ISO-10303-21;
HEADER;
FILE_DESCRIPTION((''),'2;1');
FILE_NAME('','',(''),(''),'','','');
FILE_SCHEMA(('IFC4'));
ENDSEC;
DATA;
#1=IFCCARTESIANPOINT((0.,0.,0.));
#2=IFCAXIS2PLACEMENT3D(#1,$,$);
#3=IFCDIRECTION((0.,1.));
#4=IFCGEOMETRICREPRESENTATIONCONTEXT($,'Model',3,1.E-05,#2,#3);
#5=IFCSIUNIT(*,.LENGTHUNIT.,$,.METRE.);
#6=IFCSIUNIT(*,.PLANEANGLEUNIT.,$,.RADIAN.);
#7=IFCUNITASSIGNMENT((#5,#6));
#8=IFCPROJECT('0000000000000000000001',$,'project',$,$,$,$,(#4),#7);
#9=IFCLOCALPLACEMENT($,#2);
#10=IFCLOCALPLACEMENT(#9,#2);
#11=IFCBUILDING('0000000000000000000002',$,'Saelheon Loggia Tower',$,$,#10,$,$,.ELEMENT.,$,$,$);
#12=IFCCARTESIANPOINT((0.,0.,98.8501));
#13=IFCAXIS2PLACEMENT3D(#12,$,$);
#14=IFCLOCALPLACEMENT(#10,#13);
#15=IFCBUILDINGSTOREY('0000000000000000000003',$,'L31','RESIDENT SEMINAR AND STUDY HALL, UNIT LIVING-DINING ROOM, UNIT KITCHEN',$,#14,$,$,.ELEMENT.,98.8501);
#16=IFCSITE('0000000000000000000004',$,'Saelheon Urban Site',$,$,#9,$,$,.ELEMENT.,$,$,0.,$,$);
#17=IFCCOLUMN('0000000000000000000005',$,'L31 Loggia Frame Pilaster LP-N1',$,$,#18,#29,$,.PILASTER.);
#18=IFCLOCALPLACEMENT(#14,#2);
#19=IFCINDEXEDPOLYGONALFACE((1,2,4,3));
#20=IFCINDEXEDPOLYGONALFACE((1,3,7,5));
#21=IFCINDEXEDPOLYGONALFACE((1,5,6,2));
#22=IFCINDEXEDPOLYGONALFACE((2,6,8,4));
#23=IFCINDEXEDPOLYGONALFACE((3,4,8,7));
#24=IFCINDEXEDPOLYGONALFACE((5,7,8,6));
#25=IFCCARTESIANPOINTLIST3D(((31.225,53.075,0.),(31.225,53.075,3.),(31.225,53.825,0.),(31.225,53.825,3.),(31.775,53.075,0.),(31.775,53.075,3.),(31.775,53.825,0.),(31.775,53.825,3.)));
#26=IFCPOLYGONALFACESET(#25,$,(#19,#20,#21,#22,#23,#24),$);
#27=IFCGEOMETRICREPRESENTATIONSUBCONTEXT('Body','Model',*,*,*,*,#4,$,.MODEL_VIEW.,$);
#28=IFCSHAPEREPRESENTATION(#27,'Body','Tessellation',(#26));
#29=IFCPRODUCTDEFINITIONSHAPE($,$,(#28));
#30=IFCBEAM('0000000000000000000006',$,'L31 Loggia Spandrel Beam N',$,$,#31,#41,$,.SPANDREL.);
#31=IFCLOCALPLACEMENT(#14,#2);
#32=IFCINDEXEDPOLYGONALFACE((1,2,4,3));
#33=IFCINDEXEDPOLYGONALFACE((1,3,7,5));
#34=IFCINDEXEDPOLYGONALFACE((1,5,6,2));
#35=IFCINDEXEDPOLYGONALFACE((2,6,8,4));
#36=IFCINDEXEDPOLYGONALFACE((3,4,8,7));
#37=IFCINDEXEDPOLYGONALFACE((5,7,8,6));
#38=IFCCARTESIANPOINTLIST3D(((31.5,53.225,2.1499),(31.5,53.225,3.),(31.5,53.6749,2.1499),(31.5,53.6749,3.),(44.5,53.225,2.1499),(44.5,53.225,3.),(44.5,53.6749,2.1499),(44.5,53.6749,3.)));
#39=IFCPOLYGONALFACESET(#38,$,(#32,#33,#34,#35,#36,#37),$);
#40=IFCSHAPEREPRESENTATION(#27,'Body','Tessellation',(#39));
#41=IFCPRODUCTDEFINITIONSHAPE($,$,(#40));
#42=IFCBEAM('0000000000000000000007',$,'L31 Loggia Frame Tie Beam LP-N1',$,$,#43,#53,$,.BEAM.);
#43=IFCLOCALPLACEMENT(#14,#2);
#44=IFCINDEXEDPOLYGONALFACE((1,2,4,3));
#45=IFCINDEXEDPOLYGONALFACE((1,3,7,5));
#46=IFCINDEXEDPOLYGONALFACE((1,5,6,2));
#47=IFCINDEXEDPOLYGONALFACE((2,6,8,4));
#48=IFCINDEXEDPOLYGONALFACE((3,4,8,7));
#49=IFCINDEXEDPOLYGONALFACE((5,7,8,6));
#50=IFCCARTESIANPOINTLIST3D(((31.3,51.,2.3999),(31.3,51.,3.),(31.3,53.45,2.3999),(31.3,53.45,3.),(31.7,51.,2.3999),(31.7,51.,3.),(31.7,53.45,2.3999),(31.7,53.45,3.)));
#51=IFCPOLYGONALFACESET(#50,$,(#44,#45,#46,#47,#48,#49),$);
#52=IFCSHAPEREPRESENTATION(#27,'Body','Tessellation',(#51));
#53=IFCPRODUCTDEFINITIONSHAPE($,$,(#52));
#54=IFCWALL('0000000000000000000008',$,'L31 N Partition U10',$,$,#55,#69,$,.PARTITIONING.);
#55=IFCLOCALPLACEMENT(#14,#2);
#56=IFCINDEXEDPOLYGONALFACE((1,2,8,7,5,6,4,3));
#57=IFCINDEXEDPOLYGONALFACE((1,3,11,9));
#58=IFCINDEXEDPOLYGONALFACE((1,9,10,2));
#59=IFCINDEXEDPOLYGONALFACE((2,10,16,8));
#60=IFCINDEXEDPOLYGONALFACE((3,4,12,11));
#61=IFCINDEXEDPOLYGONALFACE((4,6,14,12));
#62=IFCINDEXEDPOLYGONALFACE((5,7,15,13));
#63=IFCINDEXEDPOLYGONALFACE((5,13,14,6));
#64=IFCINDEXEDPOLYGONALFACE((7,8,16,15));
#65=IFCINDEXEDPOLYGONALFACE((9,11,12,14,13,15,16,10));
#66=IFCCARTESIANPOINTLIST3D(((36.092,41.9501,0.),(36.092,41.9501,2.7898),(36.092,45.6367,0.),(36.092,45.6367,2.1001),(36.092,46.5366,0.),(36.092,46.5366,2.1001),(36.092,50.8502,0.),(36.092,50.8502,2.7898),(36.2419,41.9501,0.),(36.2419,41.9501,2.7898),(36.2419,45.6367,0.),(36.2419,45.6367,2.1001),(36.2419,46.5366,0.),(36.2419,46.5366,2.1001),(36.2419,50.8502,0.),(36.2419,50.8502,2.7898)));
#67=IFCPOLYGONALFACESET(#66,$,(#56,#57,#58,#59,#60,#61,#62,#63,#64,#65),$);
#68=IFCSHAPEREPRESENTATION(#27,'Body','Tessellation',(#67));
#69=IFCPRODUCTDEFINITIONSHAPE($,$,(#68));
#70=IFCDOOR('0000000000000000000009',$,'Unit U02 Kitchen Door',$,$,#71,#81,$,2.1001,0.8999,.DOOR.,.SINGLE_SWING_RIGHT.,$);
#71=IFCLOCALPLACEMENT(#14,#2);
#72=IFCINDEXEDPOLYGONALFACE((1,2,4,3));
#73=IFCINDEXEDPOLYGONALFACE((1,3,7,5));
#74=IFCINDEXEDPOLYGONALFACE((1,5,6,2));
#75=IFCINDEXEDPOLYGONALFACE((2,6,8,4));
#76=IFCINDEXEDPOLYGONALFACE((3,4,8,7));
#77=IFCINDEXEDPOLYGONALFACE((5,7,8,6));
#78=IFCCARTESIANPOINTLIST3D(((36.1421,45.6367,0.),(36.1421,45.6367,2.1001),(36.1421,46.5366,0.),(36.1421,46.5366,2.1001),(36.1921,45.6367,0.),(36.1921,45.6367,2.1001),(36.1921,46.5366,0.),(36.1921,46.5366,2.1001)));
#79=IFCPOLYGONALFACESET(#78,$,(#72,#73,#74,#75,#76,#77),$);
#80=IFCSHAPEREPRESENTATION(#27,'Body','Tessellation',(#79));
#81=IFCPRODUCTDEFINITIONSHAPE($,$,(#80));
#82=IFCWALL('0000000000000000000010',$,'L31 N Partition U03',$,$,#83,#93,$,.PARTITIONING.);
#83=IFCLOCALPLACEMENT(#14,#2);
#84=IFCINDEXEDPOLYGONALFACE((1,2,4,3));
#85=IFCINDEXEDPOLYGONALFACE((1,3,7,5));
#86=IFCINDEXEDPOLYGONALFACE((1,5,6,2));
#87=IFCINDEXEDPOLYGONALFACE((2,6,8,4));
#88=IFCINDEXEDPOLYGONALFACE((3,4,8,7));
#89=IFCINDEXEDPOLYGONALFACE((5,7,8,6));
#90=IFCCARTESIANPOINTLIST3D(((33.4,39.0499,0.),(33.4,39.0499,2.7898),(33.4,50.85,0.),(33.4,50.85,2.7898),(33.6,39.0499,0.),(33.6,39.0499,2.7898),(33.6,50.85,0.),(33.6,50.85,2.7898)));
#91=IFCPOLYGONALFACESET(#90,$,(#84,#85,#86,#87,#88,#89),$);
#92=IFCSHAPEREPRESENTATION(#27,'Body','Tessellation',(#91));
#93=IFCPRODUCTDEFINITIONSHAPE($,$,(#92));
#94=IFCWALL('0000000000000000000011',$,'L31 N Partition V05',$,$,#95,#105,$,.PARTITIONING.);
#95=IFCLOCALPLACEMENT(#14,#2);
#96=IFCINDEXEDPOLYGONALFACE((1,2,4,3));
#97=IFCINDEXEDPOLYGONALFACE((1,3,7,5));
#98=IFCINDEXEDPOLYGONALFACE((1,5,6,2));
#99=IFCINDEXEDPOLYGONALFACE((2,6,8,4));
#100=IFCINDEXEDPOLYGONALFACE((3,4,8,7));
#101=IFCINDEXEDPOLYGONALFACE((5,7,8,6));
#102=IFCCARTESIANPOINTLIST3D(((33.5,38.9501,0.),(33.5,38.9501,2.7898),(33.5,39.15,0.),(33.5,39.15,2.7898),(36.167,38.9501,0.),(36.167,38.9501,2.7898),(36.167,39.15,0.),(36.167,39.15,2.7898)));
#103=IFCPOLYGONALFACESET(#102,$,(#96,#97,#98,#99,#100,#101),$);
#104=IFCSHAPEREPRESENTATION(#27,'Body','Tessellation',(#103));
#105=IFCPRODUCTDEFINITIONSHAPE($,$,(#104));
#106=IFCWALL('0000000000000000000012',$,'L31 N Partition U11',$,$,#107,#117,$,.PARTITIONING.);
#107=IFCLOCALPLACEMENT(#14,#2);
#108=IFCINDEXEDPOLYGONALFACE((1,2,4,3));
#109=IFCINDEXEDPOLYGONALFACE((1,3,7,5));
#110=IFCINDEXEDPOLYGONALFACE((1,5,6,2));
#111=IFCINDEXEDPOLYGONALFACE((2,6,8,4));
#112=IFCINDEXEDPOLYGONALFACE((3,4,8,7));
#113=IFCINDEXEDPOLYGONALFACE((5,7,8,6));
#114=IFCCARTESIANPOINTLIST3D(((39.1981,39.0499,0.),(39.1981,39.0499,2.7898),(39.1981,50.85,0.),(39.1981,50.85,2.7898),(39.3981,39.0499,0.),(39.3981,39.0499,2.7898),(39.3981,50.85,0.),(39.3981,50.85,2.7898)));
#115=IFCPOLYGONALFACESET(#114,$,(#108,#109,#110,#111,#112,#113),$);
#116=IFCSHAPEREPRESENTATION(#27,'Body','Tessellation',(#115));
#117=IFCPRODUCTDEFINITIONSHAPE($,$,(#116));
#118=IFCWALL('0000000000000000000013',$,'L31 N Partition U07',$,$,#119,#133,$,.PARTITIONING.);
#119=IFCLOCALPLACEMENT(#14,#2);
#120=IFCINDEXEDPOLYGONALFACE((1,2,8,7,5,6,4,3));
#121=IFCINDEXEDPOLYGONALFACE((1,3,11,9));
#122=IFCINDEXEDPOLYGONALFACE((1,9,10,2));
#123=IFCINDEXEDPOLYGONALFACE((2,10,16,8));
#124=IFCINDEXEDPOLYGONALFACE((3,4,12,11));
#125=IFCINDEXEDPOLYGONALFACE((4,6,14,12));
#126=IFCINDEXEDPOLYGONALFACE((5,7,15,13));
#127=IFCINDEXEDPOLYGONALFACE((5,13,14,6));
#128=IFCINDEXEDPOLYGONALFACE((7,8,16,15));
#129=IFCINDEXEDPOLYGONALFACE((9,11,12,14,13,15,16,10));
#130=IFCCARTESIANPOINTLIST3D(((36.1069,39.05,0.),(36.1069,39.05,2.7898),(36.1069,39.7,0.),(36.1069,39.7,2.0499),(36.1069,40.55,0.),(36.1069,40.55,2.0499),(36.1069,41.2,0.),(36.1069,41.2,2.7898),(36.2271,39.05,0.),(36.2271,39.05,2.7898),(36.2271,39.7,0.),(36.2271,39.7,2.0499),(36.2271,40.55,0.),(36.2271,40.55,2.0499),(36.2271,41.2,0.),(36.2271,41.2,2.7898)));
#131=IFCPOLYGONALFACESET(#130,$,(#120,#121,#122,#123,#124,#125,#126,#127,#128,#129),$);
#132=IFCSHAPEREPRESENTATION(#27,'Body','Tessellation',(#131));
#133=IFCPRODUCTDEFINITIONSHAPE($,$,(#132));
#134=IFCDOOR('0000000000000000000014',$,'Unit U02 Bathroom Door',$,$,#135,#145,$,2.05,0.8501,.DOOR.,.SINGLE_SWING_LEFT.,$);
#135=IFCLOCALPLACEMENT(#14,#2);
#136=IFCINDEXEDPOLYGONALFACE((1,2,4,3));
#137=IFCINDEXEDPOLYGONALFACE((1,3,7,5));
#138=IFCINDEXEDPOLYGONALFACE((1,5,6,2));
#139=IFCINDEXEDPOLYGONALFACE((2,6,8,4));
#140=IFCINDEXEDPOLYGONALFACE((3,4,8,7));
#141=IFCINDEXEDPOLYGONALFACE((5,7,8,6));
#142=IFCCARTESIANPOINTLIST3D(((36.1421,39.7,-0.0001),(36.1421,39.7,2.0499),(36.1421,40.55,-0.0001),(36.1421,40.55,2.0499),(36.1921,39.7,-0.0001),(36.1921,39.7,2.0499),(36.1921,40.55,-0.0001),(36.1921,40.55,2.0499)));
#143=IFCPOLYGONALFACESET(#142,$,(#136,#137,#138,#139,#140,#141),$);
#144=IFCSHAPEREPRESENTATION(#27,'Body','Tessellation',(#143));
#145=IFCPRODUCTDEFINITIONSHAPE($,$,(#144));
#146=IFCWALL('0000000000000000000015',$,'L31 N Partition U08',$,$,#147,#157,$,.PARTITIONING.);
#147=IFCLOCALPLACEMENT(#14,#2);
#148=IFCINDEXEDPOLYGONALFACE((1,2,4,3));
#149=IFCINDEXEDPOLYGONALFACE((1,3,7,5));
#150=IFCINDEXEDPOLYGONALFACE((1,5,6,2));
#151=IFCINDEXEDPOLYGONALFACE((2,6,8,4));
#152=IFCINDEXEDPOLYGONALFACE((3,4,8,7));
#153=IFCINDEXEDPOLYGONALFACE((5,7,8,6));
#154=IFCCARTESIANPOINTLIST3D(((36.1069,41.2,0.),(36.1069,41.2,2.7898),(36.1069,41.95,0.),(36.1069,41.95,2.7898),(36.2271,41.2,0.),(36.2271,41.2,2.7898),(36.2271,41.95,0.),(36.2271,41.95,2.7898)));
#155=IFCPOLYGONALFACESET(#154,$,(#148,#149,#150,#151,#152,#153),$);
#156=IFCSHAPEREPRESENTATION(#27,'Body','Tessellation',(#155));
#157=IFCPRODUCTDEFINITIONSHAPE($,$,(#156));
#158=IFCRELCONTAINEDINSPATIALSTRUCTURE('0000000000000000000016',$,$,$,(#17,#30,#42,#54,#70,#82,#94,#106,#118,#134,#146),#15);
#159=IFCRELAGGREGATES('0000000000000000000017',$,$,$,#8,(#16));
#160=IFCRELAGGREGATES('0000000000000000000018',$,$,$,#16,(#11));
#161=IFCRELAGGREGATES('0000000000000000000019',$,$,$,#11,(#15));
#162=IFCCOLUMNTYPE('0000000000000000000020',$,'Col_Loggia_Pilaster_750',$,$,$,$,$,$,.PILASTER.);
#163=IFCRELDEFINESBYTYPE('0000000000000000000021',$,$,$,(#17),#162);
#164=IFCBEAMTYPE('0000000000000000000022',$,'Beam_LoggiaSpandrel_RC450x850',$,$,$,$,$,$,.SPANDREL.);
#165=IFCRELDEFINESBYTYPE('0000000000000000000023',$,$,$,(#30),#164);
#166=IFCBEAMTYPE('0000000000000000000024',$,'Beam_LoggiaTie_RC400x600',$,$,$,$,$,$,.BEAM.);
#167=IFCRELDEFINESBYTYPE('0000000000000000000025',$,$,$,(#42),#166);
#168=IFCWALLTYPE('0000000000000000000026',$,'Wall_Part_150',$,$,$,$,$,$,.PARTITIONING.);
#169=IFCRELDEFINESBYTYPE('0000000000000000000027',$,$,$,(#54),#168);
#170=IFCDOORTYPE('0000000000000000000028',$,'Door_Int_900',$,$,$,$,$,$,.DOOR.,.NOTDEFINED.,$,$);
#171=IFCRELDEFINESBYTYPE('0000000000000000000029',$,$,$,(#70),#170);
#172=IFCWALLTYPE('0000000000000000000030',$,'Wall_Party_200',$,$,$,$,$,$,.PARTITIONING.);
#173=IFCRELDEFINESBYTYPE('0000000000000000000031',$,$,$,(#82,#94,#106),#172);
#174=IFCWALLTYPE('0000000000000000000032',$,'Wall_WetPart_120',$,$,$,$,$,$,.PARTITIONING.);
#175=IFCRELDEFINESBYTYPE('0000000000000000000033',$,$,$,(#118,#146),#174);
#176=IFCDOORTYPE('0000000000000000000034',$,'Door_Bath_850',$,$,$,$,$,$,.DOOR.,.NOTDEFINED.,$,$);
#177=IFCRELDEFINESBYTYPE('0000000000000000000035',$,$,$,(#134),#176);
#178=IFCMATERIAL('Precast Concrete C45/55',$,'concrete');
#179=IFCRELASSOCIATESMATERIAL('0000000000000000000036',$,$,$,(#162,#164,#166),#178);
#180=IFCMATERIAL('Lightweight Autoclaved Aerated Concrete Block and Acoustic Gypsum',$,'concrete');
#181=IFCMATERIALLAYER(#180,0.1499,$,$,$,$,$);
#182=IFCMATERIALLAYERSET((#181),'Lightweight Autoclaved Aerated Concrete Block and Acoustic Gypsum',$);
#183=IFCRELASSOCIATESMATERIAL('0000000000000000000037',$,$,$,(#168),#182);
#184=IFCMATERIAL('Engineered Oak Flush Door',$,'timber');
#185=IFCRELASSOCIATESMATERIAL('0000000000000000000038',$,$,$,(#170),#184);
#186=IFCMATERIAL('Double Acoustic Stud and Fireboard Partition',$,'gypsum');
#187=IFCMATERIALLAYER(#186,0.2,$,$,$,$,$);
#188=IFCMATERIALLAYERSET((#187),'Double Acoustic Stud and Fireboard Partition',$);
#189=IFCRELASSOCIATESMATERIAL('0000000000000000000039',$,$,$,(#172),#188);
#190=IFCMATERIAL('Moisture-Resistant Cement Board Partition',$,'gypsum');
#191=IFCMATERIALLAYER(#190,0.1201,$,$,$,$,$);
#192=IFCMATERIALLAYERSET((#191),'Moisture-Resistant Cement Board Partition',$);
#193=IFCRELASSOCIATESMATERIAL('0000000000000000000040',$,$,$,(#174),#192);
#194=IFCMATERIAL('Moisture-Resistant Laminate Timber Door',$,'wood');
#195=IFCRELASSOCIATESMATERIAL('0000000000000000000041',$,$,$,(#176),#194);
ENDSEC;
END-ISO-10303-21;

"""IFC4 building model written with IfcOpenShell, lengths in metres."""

from ifc_helpers import new_model, si_unit, direction, frame, frame_2d, origin, origin_2d, place, context, subcontext, project, spatial, rectangle, extrude, source, transform, mapped, material, layer, layer_set, material_profile, profile_set, type_object, element, fill, save


model = new_model("IFC4")

# Units and contexts
model_context = context("Model", 3, precision=1e-05, world=origin(), true_north=direction((0.0, 1.0)))
body_context = subcontext(model_context, "Body", "Model", "MODEL_VIEW")
ifc_project = project(units=[si_unit("LENGTHUNIT", "METRE"), si_unit("PLANEANGLEUNIT", "RADIAN")], contexts=[model_context])

# Site, building, storey
site_placement = place(None, origin())
site = spatial("IfcSite", under=ifc_project, at=site_placement, Name="Saelheon Urban Site", CompositionType="ELEMENT", RefElevation=0.0)
building_placement = place(site_placement, origin())
building = spatial("IfcBuilding", under=site, at=building_placement, Name="Saelheon Loggia Tower", CompositionType="ELEMENT")
storey_placement = place(building_placement, frame((0.0, 0.0, 98.8501)))
storey = spatial("IfcBuildingStorey", under=building, at=storey_placement, Name="L31", Description="RESIDENT SEMINAR AND STUDY HALL, UNIT LIVING-DINING ROOM, UNIT KITCHEN", CompositionType="ELEMENT", Elevation=98.8501)

# Column
ifc_material_1 = material(Name="Precast Concrete C45/55", Category="concrete")
ifc_material_profile_1 = material_profile(ifc_material_1, rectangle(XDim=0.55, YDim=0.75, at=origin_2d()), Name="RC-550x750")
ifc_profile_set_1 = profile_set([ifc_material_profile_1], Name="Precast Concrete C45/55")
column_type = type_object("IfcColumnType", Name="Col_Loggia_Pilaster_750", PredefinedType="PILASTER", material=ifc_profile_set_1)
shared_shape_1 = source(origin(), body_context, "Body", "SweptSolid", [
    extrude(rectangle(XDim=0.55, YDim=0.75, at=origin_2d()), origin(), (0.0, 0.0, 1.0), 3.0),
])
column_placement = place(storey_placement, frame((31.5, 53.45, 0.0), z_axis=(0.0, 0.0, 1.0), x_axis=(1.0, 0.0, 0.0)))
element("IfcColumn", 1, at=column_placement, inside=storey, type_object=column_type, Name="L31 Loggia Frame Pilaster LP-N1", PredefinedType="PILASTER", context=body_context, shape_type="MappedRepresentation", body=[
    mapped(shared_shape_1, transform((0.0, 0.0, 0.0), scale=1.0)),
])

# Beams
ifc_material_profile_2 = material_profile(ifc_material_1, rectangle(XDim=0.45, YDim=0.8501, at=origin_2d()), Name="RC-450x850")
ifc_profile_set_2 = profile_set([ifc_material_profile_2], Name="Precast Concrete C45/55")
beam_type_1 = type_object("IfcBeamType", Name="Beam_LoggiaSpandrel_RC450x850", PredefinedType="SPANDREL", material=ifc_profile_set_2)
shared_shape_2 = source(origin(), body_context, "Body", "SweptSolid", [
    extrude(rectangle(XDim=0.45, YDim=0.8501, at=origin_2d()), origin(), (0.0, 0.0, 1.0), 13.0),
])
beam_1_placement = place(storey_placement, frame((31.5, 53.45, 2.575), z_axis=(1.0, 0.0, 0.0), x_axis=(0.0, 1.0, 0.0)))
element("IfcBeam", 2, at=beam_1_placement, inside=storey, type_object=beam_type_1, Name="L31 Loggia Spandrel Beam N", PredefinedType="SPANDREL", context=body_context, shape_type="MappedRepresentation", body=[
    mapped(shared_shape_2, transform((0.0, 0.0, 0.0), scale=1.0)),
])
ifc_material_profile_3 = material_profile(ifc_material_1, rectangle(XDim=0.3999, YDim=0.6001, at=origin_2d()), Name="RC-400x600")
ifc_profile_set_3 = profile_set([ifc_material_profile_3], Name="Precast Concrete C45/55")
beam_type_2 = type_object("IfcBeamType", Name="Beam_LoggiaTie_RC400x600", PredefinedType="BEAM", material=ifc_profile_set_3)
shared_shape_3 = source(origin(), body_context, "Body", "SweptSolid", [
    extrude(rectangle(XDim=0.3999, YDim=0.6001, at=origin_2d()), origin(), (0.0, 0.0, 1.0), 2.45),
])
beam_2_placement = place(storey_placement, frame((31.5, 51.0, 2.7), z_axis=(0.0, 1.0, 0.0), x_axis=(-1.0, 0.0, 0.0)))
element("IfcBeam", 3, at=beam_2_placement, inside=storey, type_object=beam_type_2, Name="L31 Loggia Frame Tie Beam LP-N1", PredefinedType="BEAM", context=body_context, shape_type="MappedRepresentation", body=[
    mapped(shared_shape_3, transform((0.0, 0.0, 0.0), scale=1.0)),
])

# Wall, opening, door
ifc_material_2 = material(Name="Lightweight Autoclaved Aerated Concrete Block and Acoustic Gypsum", Category="concrete")
ifc_layer_1 = layer(ifc_material_2, 0.1499)
ifc_layer_set_1 = layer_set([ifc_layer_1], Name="Lightweight Autoclaved Aerated Concrete Block and Acoustic Gypsum")
wall_type_1 = type_object("IfcWallType", Name="Wall_Part_150", PredefinedType="PARTITIONING", material=ifc_layer_set_1)
wall_1_placement = place(storey_placement, frame((36.167, 41.95, 0.0), z_axis=(0.0, 0.0, 1.0), x_axis=(0.0, 1.0, 0.0)))
wall_1 = element("IfcWall", 4, at=wall_1_placement, inside=storey, type_object=wall_type_1, Name="L31 N Partition U10", PredefinedType="PARTITIONING", context=body_context, shape_type="SweptSolid", body=[
    extrude(rectangle(XDim=8.9001, YDim=0.1499, at=frame_2d((4.4502, 0.0))), origin(), (0.0, 0.0, 1.0), 2.7898),
])
opening_1_placement = place(wall_1_placement, frame((3.6868, 0.0, 0.0)))
opening_1 = element("IfcOpeningElement", 5, at=opening_1_placement, cuts=wall_1, PredefinedType="OPENING", context=body_context, shape_type="SweptSolid", body=[
    extrude(rectangle(XDim=0.8999, YDim=2.1001, at=frame_2d((0.45, 1.05))), frame((0.0, 0.0869, 0.0), z_axis=(0.0, -1.0, 0.0), x_axis=(1.0, 0.0, 0.0)), (0.0, 0.0, 1.0), 0.1738),
])
ifc_material_3 = material(Name="Engineered Oak Flush Door", Category="timber")
door_type_1 = type_object("IfcDoorType", Name="Door_Int_900", OperationType="NOTDEFINED", PredefinedType="DOOR", material=ifc_material_3)
shared_shape_4 = source(origin(), body_context, "Body", "SweptSolid", [
    extrude(rectangle(XDim=0.8999, YDim=2.1001, at=frame_2d((0.45, 1.05))), frame((0.0, 0.0249, 0.0), z_axis=(0.0, -1.0, 0.0), x_axis=(1.0, 0.0, 0.0)), (0.0, 0.0, 1.0), 0.05),
])
door_1_placement = place(opening_1_placement, origin())
door_1 = element("IfcDoor", 6, at=door_1_placement, inside=storey, type_object=door_type_1, Name="Unit U02 Kitchen Door", OperationType="SINGLE_SWING_RIGHT", OverallHeight=2.1001, OverallWidth=0.8999, PredefinedType="DOOR", context=body_context, shape_type="MappedRepresentation", body=[
    mapped(shared_shape_4, transform((0.0, 0.0, 0.0), scale=1.0)),
])
fill(opening_1, door_1)

# Walls
ifc_material_4 = material(Name="Double Acoustic Stud and Fireboard Partition", Category="gypsum")
ifc_layer_2 = layer(ifc_material_4, 0.2)
ifc_layer_set_2 = layer_set([ifc_layer_2], Name="Double Acoustic Stud and Fireboard Partition")
wall_type_2 = type_object("IfcWallType", Name="Wall_Party_200", PredefinedType="PARTITIONING", material=ifc_layer_set_2)
wall_2_placement = place(storey_placement, frame((33.5, 39.05, 0.0), z_axis=(0.0, 0.0, 1.0), x_axis=(0.0, 1.0, 0.0)))
element("IfcWall", 7, at=wall_2_placement, inside=storey, type_object=wall_type_2, Name="L31 N Partition U03", PredefinedType="PARTITIONING", context=body_context, shape_type="SweptSolid", body=[
    extrude(rectangle(XDim=11.8, YDim=0.2, at=frame_2d((5.8999, 0.0))), origin(), (0.0, 0.0, 1.0), 2.7898),
])
wall_3_placement = place(storey_placement, frame((33.5, 39.05, 0.0), z_axis=(0.0, 0.0, 1.0), x_axis=(1.0, 0.0, 0.0)))
element("IfcWall", 8, at=wall_3_placement, inside=storey, type_object=wall_type_2, Name="L31 N Partition V05", PredefinedType="PARTITIONING", context=body_context, shape_type="SweptSolid", body=[
    extrude(rectangle(XDim=2.667, YDim=0.2, at=frame_2d((1.3335, 0.0))), origin(), (0.0, 0.0, 1.0), 2.7898),
])

# Wall
wall_4_placement = place(storey_placement, frame((39.2981, 39.05, 0.0), z_axis=(0.0, 0.0, 1.0), x_axis=(0.0, 1.0, 0.0)))
element("IfcWall", 9, at=wall_4_placement, inside=storey, type_object=wall_type_2, Name="L31 N Partition U11", PredefinedType="PARTITIONING", context=body_context, shape_type="SweptSolid", body=[
    extrude(rectangle(XDim=11.8, YDim=0.2, at=frame_2d((5.8999, 0.0))), origin(), (0.0, 0.0, 1.0), 2.7898),
])

# Wall, opening, door
ifc_material_5 = material(Name="Moisture-Resistant Cement Board Partition", Category="gypsum")
ifc_layer_3 = layer(ifc_material_5, 0.1201)
ifc_layer_set_3 = layer_set([ifc_layer_3], Name="Moisture-Resistant Cement Board Partition")
wall_type_3 = type_object("IfcWallType", Name="Wall_WetPart_120", PredefinedType="PARTITIONING", material=ifc_layer_set_3)
wall_5_placement = place(storey_placement, frame((36.167, 39.05, 0.0), z_axis=(0.0, 0.0, 1.0), x_axis=(0.0, 1.0, 0.0)))
wall_5 = element("IfcWall", 10, at=wall_5_placement, inside=storey, type_object=wall_type_3, Name="L31 N Partition U07", PredefinedType="PARTITIONING", context=body_context, shape_type="SweptSolid", body=[
    extrude(rectangle(XDim=2.1499, YDim=0.1201, at=frame_2d((1.075, 0.0))), origin(), (0.0, 0.0, 1.0), 2.7898),
])
opening_2_placement = place(wall_5_placement, frame((0.6499, 0.0, 0.0)))
opening_2 = element("IfcOpeningElement", 11, at=opening_2_placement, cuts=wall_5, PredefinedType="OPENING", context=body_context, shape_type="SweptSolid", body=[
    extrude(rectangle(XDim=0.8501, YDim=2.05, at=frame_2d((0.425, 1.0249))), frame((0.0, 0.072, 0.0), z_axis=(0.0, -1.0, 0.0), x_axis=(1.0, 0.0, 0.0)), (0.0, 0.0, 1.0), 0.144),
])
ifc_material_6 = material(Name="Moisture-Resistant Laminate Timber Door", Category="wood")
door_type_2 = type_object("IfcDoorType", Name="Door_Bath_850", OperationType="NOTDEFINED", PredefinedType="DOOR", material=ifc_material_6)
shared_shape_5 = source(origin(), body_context, "Body", "SweptSolid", [
    extrude(rectangle(XDim=0.8501, YDim=2.05, at=frame_2d((0.425, 1.0249))), frame((0.0, 0.0249, 0.0), z_axis=(0.0, -1.0, 0.0), x_axis=(1.0, 0.0, 0.0)), (0.0, 0.0, 1.0), 0.05),
])
door_2_placement = place(opening_2_placement, origin())
door_2 = element("IfcDoor", 12, at=door_2_placement, inside=storey, type_object=door_type_2, Name="Unit U02 Bathroom Door", OperationType="SINGLE_SWING_LEFT", OverallHeight=2.05, OverallWidth=0.8501, PredefinedType="DOOR", context=body_context, shape_type="MappedRepresentation", body=[
    mapped(shared_shape_5, transform((0.0, 0.0, 0.0), scale=1.0)),
])
fill(opening_2, door_2)

# Wall
wall_6_placement = place(storey_placement, frame((36.167, 41.2, 0.0), z_axis=(0.0, 0.0, 1.0), x_axis=(0.0, 1.0, 0.0)))
element("IfcWall", 13, at=wall_6_placement, inside=storey, type_object=wall_type_3, Name="L31 N Partition U08", PredefinedType="PARTITIONING", context=body_context, shape_type="SweptSolid", body=[
    extrude(rectangle(XDim=0.75, YDim=0.1201, at=frame_2d((0.375, 0.0))), origin(), (0.0, 0.0, 1.0), 2.7898),
])

save(model, "model.ifc")
